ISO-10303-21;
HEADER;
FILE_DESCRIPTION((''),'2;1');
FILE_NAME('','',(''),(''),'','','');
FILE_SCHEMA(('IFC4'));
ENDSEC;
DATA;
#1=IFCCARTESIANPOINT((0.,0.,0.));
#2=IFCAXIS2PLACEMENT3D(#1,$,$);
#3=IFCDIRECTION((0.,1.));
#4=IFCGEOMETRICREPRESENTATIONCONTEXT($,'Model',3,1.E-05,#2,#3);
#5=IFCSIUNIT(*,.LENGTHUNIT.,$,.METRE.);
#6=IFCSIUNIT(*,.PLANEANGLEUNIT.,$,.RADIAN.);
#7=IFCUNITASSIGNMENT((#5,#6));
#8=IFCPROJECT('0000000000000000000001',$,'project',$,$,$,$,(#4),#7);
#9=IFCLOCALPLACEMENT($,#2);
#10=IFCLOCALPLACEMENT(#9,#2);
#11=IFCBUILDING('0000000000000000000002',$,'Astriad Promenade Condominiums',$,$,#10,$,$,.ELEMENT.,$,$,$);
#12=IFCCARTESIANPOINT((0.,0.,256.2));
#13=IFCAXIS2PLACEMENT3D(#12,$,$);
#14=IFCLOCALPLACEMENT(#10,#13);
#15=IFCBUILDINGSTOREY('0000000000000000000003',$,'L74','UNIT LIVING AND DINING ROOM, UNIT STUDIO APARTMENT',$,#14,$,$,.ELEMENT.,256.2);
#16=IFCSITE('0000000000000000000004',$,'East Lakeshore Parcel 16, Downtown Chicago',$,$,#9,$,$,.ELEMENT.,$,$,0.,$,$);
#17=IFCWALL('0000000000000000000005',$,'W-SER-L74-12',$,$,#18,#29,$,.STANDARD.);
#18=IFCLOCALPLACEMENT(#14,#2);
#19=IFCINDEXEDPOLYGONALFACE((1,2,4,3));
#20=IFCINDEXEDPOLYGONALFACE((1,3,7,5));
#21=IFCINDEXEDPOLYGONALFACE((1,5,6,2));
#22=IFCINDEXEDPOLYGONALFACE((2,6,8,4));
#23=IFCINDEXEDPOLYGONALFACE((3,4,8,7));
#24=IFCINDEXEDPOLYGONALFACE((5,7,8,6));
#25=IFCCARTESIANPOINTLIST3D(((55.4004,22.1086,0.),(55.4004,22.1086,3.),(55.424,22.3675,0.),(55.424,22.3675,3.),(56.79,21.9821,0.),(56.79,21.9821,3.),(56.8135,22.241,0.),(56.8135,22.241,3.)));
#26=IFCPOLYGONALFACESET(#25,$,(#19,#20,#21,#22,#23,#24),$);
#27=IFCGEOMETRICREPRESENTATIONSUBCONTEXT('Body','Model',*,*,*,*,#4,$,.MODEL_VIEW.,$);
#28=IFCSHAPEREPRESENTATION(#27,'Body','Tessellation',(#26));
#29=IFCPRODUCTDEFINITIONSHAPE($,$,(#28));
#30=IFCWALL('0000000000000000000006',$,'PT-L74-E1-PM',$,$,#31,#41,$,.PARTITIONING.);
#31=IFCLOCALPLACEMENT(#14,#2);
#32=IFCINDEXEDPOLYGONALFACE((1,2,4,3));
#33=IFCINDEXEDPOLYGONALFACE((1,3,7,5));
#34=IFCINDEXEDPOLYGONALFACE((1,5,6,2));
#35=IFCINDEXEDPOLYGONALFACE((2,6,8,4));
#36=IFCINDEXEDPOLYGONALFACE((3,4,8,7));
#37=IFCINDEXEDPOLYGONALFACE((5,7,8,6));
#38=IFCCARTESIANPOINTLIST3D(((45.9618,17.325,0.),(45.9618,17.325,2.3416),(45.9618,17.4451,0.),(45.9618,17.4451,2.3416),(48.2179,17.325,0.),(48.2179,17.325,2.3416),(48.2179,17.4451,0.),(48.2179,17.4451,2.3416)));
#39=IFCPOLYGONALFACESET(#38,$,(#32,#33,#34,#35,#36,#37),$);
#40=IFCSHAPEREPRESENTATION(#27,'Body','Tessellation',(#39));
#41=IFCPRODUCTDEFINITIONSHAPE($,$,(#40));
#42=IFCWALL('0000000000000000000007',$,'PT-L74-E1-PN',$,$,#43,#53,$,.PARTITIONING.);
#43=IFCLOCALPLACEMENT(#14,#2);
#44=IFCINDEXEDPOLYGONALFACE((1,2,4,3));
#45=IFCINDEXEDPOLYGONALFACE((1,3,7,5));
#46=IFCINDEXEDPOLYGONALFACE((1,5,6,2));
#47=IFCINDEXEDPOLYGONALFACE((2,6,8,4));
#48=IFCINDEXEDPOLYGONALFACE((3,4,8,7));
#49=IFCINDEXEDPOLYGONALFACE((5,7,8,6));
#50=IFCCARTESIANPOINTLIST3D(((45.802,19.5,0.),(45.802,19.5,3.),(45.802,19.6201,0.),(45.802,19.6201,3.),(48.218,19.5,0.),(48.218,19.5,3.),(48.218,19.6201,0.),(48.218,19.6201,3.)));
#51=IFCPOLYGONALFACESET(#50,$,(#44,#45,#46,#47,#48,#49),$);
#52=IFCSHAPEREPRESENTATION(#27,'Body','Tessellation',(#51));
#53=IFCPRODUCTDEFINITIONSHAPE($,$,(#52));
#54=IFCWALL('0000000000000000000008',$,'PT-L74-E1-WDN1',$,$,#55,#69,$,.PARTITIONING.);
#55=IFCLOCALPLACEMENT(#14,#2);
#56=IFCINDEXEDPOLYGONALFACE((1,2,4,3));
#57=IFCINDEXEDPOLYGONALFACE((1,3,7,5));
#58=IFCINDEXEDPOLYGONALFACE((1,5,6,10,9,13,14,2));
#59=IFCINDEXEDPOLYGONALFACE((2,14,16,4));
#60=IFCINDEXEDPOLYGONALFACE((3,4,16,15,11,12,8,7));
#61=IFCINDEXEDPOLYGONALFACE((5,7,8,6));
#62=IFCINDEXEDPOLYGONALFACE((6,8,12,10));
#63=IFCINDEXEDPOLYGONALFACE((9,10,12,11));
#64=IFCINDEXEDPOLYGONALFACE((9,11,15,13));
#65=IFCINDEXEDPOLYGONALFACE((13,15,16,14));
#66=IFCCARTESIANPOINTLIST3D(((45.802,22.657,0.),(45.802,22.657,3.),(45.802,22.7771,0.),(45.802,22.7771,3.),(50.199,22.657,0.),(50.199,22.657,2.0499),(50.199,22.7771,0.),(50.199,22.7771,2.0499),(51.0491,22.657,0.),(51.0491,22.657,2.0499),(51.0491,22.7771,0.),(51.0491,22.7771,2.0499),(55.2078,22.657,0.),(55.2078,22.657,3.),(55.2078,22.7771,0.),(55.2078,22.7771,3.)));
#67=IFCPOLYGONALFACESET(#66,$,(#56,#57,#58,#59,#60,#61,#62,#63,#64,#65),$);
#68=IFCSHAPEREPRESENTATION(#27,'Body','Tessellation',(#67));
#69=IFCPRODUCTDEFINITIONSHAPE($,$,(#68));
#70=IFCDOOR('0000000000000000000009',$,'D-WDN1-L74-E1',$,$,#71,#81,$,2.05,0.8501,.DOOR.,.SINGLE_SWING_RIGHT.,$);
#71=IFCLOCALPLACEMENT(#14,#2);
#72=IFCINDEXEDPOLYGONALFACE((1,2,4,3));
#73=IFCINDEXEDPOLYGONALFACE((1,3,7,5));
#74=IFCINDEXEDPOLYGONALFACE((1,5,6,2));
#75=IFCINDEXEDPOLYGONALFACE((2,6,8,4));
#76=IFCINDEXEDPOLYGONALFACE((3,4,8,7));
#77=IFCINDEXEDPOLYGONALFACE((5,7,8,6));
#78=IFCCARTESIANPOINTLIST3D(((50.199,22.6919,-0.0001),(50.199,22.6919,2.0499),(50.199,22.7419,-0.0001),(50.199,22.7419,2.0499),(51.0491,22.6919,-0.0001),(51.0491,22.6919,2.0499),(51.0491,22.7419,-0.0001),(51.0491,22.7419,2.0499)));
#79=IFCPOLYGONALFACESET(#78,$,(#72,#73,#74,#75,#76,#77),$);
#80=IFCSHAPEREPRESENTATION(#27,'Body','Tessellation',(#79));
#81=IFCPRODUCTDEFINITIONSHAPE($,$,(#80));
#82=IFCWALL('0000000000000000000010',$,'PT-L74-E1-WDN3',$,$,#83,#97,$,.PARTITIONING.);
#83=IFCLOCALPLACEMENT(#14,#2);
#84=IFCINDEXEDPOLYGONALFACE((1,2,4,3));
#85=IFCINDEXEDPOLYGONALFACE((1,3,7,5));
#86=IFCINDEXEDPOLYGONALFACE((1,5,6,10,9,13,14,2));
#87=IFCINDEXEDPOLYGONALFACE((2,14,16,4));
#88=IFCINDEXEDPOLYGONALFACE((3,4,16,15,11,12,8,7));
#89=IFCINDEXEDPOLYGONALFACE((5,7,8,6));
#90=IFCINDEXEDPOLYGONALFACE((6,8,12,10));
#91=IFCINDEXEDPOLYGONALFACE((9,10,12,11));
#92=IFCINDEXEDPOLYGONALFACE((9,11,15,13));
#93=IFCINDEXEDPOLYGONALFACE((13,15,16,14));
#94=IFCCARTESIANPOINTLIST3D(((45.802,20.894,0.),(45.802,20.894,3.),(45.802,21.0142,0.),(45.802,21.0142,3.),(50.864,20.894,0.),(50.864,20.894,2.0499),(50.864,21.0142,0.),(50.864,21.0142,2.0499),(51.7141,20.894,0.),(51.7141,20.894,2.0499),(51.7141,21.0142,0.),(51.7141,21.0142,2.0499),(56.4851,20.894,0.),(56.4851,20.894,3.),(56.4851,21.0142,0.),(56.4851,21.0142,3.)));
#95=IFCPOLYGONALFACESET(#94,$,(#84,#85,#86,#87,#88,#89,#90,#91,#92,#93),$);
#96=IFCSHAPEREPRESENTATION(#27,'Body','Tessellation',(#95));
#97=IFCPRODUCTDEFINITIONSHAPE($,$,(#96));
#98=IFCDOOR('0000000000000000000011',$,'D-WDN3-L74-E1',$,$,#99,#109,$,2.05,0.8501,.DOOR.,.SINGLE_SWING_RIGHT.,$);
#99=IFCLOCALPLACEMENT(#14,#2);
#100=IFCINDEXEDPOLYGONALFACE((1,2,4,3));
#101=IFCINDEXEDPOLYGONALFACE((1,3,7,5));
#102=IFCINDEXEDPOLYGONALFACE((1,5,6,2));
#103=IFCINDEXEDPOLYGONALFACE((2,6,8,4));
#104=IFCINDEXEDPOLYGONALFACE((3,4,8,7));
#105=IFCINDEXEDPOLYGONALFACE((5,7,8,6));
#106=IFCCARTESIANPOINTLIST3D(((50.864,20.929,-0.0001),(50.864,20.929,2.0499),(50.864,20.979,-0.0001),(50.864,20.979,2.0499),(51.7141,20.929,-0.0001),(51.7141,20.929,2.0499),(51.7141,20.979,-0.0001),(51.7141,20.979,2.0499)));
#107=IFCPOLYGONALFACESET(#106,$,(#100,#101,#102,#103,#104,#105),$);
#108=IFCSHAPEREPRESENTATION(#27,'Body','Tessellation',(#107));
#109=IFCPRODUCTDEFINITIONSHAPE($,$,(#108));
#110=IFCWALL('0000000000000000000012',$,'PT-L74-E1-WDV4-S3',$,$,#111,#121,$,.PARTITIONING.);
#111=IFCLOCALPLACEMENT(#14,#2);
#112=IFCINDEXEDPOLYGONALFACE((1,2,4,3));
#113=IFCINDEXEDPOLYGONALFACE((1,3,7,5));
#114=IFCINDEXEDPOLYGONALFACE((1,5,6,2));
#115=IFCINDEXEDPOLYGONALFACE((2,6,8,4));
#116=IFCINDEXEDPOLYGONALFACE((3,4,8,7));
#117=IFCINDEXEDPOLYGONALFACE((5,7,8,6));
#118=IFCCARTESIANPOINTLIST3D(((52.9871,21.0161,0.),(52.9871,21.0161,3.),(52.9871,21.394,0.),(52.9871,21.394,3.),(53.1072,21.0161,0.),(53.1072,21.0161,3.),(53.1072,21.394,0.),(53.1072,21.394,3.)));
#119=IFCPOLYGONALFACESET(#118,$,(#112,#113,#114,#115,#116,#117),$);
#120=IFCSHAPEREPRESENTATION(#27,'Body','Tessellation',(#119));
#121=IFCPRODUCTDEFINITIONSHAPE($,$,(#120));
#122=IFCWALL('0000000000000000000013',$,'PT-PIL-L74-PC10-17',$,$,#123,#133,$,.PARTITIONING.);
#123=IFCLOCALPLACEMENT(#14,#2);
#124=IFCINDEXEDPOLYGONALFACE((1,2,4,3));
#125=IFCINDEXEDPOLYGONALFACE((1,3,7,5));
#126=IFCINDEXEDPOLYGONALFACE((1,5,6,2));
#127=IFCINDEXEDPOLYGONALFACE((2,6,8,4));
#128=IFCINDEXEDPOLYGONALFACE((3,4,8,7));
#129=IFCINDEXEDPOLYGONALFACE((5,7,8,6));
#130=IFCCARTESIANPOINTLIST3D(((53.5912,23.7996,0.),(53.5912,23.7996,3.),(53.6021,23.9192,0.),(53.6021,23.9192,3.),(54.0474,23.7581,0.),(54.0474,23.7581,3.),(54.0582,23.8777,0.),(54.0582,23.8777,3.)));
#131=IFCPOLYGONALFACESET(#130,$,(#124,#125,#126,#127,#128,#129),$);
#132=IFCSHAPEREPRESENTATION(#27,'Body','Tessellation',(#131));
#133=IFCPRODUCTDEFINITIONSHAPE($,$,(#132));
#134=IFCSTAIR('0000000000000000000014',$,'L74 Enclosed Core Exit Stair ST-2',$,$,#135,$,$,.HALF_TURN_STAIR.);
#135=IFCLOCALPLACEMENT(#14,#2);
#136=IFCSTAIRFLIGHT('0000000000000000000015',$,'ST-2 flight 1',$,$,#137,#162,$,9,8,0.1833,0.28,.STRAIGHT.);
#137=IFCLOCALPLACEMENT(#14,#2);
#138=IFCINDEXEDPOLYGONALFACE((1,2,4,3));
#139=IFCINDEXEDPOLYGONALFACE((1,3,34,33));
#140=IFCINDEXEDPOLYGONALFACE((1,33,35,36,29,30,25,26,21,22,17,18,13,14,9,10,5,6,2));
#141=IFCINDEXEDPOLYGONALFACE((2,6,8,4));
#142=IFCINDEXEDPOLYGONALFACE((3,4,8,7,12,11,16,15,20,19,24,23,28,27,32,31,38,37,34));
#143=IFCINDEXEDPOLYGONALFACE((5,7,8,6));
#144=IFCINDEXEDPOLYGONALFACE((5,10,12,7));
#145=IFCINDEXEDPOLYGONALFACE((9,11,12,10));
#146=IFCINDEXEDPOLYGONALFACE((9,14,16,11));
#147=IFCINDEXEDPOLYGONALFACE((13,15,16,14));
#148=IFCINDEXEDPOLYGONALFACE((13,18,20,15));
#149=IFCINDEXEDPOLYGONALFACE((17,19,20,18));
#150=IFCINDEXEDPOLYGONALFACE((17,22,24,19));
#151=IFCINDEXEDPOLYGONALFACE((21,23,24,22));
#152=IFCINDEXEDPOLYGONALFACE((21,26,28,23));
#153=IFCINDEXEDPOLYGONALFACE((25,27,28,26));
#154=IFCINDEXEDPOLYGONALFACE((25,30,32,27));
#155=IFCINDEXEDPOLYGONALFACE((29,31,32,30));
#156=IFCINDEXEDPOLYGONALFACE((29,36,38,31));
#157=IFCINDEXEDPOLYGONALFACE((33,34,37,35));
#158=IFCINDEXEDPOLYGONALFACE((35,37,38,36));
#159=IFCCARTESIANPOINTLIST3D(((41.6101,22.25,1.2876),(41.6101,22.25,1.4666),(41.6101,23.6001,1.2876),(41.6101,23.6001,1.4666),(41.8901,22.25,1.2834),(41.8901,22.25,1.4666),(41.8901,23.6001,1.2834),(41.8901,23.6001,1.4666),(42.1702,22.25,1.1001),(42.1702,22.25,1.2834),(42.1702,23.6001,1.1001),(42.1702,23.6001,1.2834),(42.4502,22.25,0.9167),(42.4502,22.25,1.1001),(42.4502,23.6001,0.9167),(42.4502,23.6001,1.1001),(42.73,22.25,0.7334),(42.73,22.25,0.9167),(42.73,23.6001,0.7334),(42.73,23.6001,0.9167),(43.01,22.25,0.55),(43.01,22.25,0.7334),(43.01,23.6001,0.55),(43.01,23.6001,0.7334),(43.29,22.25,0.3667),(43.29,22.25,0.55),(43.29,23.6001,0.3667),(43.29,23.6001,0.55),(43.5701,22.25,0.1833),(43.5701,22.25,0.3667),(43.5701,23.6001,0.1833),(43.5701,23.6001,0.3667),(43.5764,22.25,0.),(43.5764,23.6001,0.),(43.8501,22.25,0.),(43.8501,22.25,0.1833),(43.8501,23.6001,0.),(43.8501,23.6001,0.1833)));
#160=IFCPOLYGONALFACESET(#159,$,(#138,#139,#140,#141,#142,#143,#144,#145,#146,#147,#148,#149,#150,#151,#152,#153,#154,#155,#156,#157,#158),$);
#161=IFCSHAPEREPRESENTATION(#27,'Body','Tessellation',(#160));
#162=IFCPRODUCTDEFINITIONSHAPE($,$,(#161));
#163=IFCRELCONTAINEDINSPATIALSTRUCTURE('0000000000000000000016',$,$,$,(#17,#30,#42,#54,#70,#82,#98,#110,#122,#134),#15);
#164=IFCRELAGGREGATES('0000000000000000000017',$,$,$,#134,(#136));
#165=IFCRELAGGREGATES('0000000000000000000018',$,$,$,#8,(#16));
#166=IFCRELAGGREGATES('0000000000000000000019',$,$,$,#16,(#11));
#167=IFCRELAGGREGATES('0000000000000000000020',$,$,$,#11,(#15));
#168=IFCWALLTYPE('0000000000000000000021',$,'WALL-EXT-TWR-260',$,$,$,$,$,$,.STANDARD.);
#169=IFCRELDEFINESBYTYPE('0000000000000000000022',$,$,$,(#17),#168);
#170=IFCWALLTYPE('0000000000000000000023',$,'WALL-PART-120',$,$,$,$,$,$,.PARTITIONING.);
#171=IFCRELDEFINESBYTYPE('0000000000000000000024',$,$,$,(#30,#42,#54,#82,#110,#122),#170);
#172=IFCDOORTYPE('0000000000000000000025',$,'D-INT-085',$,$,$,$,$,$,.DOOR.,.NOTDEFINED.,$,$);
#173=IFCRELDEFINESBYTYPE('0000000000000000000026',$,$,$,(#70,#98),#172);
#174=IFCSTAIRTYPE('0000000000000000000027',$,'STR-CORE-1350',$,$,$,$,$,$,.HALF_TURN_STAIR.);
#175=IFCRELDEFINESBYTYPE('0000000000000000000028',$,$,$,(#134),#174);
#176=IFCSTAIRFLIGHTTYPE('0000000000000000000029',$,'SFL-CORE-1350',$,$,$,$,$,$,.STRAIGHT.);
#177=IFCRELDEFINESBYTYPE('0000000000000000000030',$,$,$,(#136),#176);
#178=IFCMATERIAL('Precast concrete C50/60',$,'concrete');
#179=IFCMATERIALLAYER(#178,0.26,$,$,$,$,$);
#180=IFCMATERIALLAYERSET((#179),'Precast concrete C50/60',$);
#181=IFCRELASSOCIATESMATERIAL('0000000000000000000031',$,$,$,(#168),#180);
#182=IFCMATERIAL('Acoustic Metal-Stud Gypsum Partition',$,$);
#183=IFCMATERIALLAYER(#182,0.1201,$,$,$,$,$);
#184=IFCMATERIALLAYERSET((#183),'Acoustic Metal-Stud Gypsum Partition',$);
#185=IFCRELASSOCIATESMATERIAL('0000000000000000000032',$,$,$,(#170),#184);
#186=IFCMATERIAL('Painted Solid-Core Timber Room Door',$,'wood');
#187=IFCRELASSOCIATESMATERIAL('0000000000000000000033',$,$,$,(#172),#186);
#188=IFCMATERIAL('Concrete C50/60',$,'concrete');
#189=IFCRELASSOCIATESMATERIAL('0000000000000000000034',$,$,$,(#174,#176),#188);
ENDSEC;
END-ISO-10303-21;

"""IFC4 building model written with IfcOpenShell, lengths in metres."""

from ifc_helpers import new_model, si_unit, direction, frame, frame_2d, origin, place, context, subcontext, project, spatial, polyline, rectangle, outline, extrude, source, transform, mapped, material, layer, layer_set, type_object, type_shapes, element, fill, aggregate, save


model = new_model("IFC4")

# Units and contexts
model_context = context("Model", 3, precision=1e-05, world=origin(), true_north=direction((0.0, 1.0)))
body_context = subcontext(model_context, "Body", "Model", "MODEL_VIEW")
ifc_project = project(units=[si_unit("LENGTHUNIT", "METRE"), si_unit("PLANEANGLEUNIT", "RADIAN")], contexts=[model_context])

# Site, building, storey
site_placement = place(None, origin())
site = spatial("IfcSite", under=ifc_project, at=site_placement, Name="East Lakeshore Parcel 16, Downtown Chicago", CompositionType="ELEMENT", RefElevation=0.0)
building_placement = place(site_placement, origin())
building = spatial("IfcBuilding", under=site, at=building_placement, Name="Astriad Promenade Condominiums", CompositionType="ELEMENT")
storey_placement = place(building_placement, frame((0.0, 0.0, 256.2)))
storey = spatial("IfcBuildingStorey", under=building, at=storey_placement, Name="L74", Description="UNIT LIVING AND DINING ROOM, UNIT STUDIO APARTMENT", CompositionType="ELEMENT", Elevation=256.2)

# Shared definitions
ifc_material_1 = material(Name="Concrete C50/60", Category="concrete")

# Walls
ifc_material_2 = material(Name="Precast concrete C50/60", Category="concrete")
ifc_layer_1 = layer(ifc_material_2, 0.26)
ifc_layer_set_1 = layer_set([ifc_layer_1], Name="Precast concrete C50/60")
wall_type_1 = type_object("IfcWallType", Name="WALL-EXT-TWR-260", PredefinedType="STANDARD", material=ifc_layer_set_1)
for number, where, z_axis, x_axis, name in (
    (1, (55.4121, 22.238, 0.0), (0.0, 0.0, 1.0), (0.995883, -0.090646, 0.0), "W-SER-L74-12"),
):
    element("IfcWall", number, at=place(storey_placement, frame(where, z_axis=z_axis, x_axis=x_axis)), inside=storey, type_object=wall_type_1, Name=name, PredefinedType="STANDARD", context=body_context, shape_type="SweptSolid", body=[
        extrude(rectangle(XDim=1.3953, YDim=0.26, at=frame_2d((0.6978, 0.0))), origin(), (0.0, 0.0, 1.0), 3.0),
    ])
ifc_material_3 = material(Name="Acoustic Metal-Stud Gypsum Partition")
ifc_layer_2 = layer(ifc_material_3, 0.1201)
ifc_layer_set_2 = layer_set([ifc_layer_2], Name="Acoustic Metal-Stud Gypsum Partition")
wall_type_2 = type_object("IfcWallType", Name="WALL-PART-120", PredefinedType="PARTITIONING", material=ifc_layer_set_2)
wall_1_placement = place(storey_placement, frame((45.9619, 17.385, 0.0), z_axis=(0.0, 0.0, 1.0), x_axis=(1.0, 0.0, 0.0)))
element("IfcWall", 2, at=wall_1_placement, inside=storey, type_object=wall_type_2, Name="PT-L74-E1-PM", PredefinedType="PARTITIONING", context=body_context, shape_type="SweptSolid", body=[
    extrude(rectangle(XDim=2.2561, YDim=0.1201, at=frame_2d((1.1279, 0.0))), origin(), (0.0, 0.0, 1.0), 2.3416),
])
wall_2_placement = place(storey_placement, frame((45.802, 19.5601, 0.0), z_axis=(0.0, 0.0, 1.0), x_axis=(1.0, 0.0, 0.0)))
element("IfcWall", 3, at=wall_2_placement, inside=storey, type_object=wall_type_2, Name="PT-L74-E1-PN", PredefinedType="PARTITIONING", context=body_context, shape_type="SweptSolid", body=[
    extrude(rectangle(XDim=2.416, YDim=0.1201, at=frame_2d((1.208, 0.0))), origin(), (0.0, 0.0, 1.0), 3.0),
])

# Walls, openings, doors
wall_3_placement = place(storey_placement, frame((45.802, 22.717, 0.0), z_axis=(0.0, 0.0, 1.0), x_axis=(1.0, 0.0, 0.0)))
wall_3 = element("IfcWall", 4, at=wall_3_placement, inside=storey, type_object=wall_type_2, Name="PT-L74-E1-WDN1", PredefinedType="PARTITIONING", context=body_context, shape_type="SweptSolid", body=[
    extrude(rectangle(XDim=9.4058, YDim=0.1201, at=frame_2d((4.7029, 0.0))), origin(), (0.0, 0.0, 1.0), 3.0),
])
opening_1_placement = place(wall_3_placement, frame((4.397, 0.0, 0.0)))
opening_1 = element("IfcOpeningElement", 5, at=opening_1_placement, cuts=wall_3, PredefinedType="OPENING", context=body_context, shape_type="SweptSolid", body=[
    extrude(rectangle(XDim=0.8501, YDim=2.05, at=frame_2d((0.425, 1.0249))), frame((0.0, 0.0701, 0.0), z_axis=(0.0, -1.0, 0.0), x_axis=(1.0, 0.0, 0.0)), (0.0, 0.0, 1.0), 0.1401),
])
ifc_material_4 = material(Name="Painted Solid-Core Timber Room Door", Category="wood")
door_type = type_object("IfcDoorType", Name="D-INT-085", OperationType="NOTDEFINED", PredefinedType="DOOR", material=ifc_material_4)
shared_shape_1 = source(origin(), body_context, "Body", "SweptSolid", [
    extrude(rectangle(XDim=0.8501, YDim=2.05, at=frame_2d((0.425, 1.0249))), frame((0.0, 0.0249, 0.0), z_axis=(0.0, -1.0, 0.0), x_axis=(1.0, 0.0, 0.0)), (0.0, 0.0, 1.0), 0.05),
])
type_shapes(door_type, [shared_shape_1])
door_1_placement = place(opening_1_placement, origin())
door_1 = element("IfcDoor", 6, at=door_1_placement, inside=storey, type_object=door_type, Name="D-WDN1-L74-E1", OperationType="SINGLE_SWING_RIGHT", OverallHeight=2.05, OverallWidth=0.8501, PredefinedType="DOOR", context=body_context, shape_type="MappedRepresentation", body=[
    mapped(shared_shape_1, transform((0.0, 0.0, 0.0), scale=1.0)),
])
fill(opening_1, door_1)
wall_4_placement = place(storey_placement, frame((45.802, 20.9541, 0.0), z_axis=(0.0, 0.0, 1.0), x_axis=(1.0, 0.0, 0.0)))
wall_4 = element("IfcWall", 7, at=wall_4_placement, inside=storey, type_object=wall_type_2, Name="PT-L74-E1-WDN3", PredefinedType="PARTITIONING", context=body_context, shape_type="SweptSolid", body=[
    extrude(rectangle(XDim=10.6831, YDim=0.1201, at=frame_2d((5.3416, 0.0))), origin(), (0.0, 0.0, 1.0), 3.0),
])
opening_2_placement = place(wall_4_placement, frame((5.062, 0.0, 0.0)))
opening_2 = element("IfcOpeningElement", 8, at=opening_2_placement, cuts=wall_4, PredefinedType="OPENING", context=body_context, shape_type="SweptSolid", body=[
    extrude(rectangle(XDim=0.8501, YDim=2.05, at=frame_2d((0.425, 1.0249))), frame((0.0, 0.0701, 0.0), z_axis=(0.0, -1.0, 0.0), x_axis=(1.0, 0.0, 0.0)), (0.0, 0.0, 1.0), 0.1401),
])
door_2_placement = place(opening_2_placement, origin())
door_2 = element("IfcDoor", 9, at=door_2_placement, inside=storey, type_object=door_type, Name="D-WDN3-L74-E1", OperationType="SINGLE_SWING_RIGHT", OverallHeight=2.05, OverallWidth=0.8501, PredefinedType="DOOR", context=body_context, shape_type="MappedRepresentation", body=[
    mapped(shared_shape_1, transform((0.0, 0.0, 0.0), scale=1.0)),
])
fill(opening_2, door_2)

# Walls
wall_5_placement = place(storey_placement, frame((53.0471, 21.0161, 0.0), z_axis=(0.0, 0.0, 1.0), x_axis=(0.0, 1.0, 0.0)))
element("IfcWall", 10, at=wall_5_placement, inside=storey, type_object=wall_type_2, Name="PT-L74-E1-WDV4-S3", PredefinedType="PARTITIONING", context=body_context, shape_type="SweptSolid", body=[
    extrude(rectangle(XDim=0.3779, YDim=0.1201, at=frame_2d((0.189, 0.0))), origin(), (0.0, 0.0, 1.0), 3.0),
])
wall_6_placement = place(storey_placement, frame((53.5967, 23.8594, 0.0), z_axis=(0.0, 0.0, 1.0), x_axis=(0.995884, -0.090632, 0.0)))
element("IfcWall", 11, at=wall_6_placement, inside=storey, type_object=wall_type_2, Name="PT-PIL-L74-PC10-17", PredefinedType="PARTITIONING", context=body_context, shape_type="SweptSolid", body=[
    extrude(rectangle(XDim=0.458, YDim=0.1201, at=frame_2d((0.229, 0.0))), origin(), (0.0, 0.0, 1.0), 3.0),
])

# Stair, stair flight
stair_type = type_object("IfcStairType", Name="STR-CORE-1350", PredefinedType="HALF_TURN_STAIR", material=ifc_material_1)
stair_placement = place(storey_placement, origin())
stair = element("IfcStair", 12, at=stair_placement, inside=storey, type_object=stair_type, Name="L74 Enclosed Core Exit Stair ST-2", PredefinedType="HALF_TURN_STAIR")
stair_flight_type = type_object("IfcStairFlightType", Name="SFL-CORE-1350", PredefinedType="STRAIGHT", material=ifc_material_1)
shared_shape_2 = source(origin(), body_context, "Body", "SweptSolid", [
    extrude(outline(polyline([(0.0, 0.0), (0.0, 0.1833), (0.28, 0.1833), (0.28, 0.3667), (0.5601, 0.3667), (0.5601, 0.55), (0.8401, 0.55), (0.8401, 0.7334), (1.1201, 0.7334), (1.1201, 0.9167), (1.3999, 0.9167), (1.3999, 1.1001), (1.6799, 1.1001), (1.6799, 1.2834), (1.96, 1.2834), (1.96, 1.4666), (2.24, 1.4666), (2.24, 1.6499), (2.24, 1.2876), (0.2737, 0.0), (0.0, 0.0)])), frame((0.0, 0.675, 0.0), z_axis=(0.0, -1.0, 0.0), x_axis=(1.0, 0.0, 0.0)), (0.0, 0.0, 1.0), 1.3501),
])
type_shapes(stair_flight_type, [shared_shape_2])
stair_flight_placement = place(storey_placement, frame((43.8501, 22.925, 0.0), z_axis=(0.0, 0.0, 1.0), x_axis=(-1.0, 0.0, 0.0)))
stair_flight = element("IfcStairFlight", 13, at=stair_flight_placement, type_object=stair_flight_type, Name="ST-2 flight 1", NumberOfRisers=9, NumberOfTreads=8, PredefinedType="STRAIGHT", RiserHeight=0.1833, TreadLength=0.28, context=body_context, shape_type="MappedRepresentation", body=[
    mapped(shared_shape_2, transform((0.0, 0.0, 0.0), scale=1.0)),
])
aggregate(stair, [stair_flight])

save(model, "model.ifc")
